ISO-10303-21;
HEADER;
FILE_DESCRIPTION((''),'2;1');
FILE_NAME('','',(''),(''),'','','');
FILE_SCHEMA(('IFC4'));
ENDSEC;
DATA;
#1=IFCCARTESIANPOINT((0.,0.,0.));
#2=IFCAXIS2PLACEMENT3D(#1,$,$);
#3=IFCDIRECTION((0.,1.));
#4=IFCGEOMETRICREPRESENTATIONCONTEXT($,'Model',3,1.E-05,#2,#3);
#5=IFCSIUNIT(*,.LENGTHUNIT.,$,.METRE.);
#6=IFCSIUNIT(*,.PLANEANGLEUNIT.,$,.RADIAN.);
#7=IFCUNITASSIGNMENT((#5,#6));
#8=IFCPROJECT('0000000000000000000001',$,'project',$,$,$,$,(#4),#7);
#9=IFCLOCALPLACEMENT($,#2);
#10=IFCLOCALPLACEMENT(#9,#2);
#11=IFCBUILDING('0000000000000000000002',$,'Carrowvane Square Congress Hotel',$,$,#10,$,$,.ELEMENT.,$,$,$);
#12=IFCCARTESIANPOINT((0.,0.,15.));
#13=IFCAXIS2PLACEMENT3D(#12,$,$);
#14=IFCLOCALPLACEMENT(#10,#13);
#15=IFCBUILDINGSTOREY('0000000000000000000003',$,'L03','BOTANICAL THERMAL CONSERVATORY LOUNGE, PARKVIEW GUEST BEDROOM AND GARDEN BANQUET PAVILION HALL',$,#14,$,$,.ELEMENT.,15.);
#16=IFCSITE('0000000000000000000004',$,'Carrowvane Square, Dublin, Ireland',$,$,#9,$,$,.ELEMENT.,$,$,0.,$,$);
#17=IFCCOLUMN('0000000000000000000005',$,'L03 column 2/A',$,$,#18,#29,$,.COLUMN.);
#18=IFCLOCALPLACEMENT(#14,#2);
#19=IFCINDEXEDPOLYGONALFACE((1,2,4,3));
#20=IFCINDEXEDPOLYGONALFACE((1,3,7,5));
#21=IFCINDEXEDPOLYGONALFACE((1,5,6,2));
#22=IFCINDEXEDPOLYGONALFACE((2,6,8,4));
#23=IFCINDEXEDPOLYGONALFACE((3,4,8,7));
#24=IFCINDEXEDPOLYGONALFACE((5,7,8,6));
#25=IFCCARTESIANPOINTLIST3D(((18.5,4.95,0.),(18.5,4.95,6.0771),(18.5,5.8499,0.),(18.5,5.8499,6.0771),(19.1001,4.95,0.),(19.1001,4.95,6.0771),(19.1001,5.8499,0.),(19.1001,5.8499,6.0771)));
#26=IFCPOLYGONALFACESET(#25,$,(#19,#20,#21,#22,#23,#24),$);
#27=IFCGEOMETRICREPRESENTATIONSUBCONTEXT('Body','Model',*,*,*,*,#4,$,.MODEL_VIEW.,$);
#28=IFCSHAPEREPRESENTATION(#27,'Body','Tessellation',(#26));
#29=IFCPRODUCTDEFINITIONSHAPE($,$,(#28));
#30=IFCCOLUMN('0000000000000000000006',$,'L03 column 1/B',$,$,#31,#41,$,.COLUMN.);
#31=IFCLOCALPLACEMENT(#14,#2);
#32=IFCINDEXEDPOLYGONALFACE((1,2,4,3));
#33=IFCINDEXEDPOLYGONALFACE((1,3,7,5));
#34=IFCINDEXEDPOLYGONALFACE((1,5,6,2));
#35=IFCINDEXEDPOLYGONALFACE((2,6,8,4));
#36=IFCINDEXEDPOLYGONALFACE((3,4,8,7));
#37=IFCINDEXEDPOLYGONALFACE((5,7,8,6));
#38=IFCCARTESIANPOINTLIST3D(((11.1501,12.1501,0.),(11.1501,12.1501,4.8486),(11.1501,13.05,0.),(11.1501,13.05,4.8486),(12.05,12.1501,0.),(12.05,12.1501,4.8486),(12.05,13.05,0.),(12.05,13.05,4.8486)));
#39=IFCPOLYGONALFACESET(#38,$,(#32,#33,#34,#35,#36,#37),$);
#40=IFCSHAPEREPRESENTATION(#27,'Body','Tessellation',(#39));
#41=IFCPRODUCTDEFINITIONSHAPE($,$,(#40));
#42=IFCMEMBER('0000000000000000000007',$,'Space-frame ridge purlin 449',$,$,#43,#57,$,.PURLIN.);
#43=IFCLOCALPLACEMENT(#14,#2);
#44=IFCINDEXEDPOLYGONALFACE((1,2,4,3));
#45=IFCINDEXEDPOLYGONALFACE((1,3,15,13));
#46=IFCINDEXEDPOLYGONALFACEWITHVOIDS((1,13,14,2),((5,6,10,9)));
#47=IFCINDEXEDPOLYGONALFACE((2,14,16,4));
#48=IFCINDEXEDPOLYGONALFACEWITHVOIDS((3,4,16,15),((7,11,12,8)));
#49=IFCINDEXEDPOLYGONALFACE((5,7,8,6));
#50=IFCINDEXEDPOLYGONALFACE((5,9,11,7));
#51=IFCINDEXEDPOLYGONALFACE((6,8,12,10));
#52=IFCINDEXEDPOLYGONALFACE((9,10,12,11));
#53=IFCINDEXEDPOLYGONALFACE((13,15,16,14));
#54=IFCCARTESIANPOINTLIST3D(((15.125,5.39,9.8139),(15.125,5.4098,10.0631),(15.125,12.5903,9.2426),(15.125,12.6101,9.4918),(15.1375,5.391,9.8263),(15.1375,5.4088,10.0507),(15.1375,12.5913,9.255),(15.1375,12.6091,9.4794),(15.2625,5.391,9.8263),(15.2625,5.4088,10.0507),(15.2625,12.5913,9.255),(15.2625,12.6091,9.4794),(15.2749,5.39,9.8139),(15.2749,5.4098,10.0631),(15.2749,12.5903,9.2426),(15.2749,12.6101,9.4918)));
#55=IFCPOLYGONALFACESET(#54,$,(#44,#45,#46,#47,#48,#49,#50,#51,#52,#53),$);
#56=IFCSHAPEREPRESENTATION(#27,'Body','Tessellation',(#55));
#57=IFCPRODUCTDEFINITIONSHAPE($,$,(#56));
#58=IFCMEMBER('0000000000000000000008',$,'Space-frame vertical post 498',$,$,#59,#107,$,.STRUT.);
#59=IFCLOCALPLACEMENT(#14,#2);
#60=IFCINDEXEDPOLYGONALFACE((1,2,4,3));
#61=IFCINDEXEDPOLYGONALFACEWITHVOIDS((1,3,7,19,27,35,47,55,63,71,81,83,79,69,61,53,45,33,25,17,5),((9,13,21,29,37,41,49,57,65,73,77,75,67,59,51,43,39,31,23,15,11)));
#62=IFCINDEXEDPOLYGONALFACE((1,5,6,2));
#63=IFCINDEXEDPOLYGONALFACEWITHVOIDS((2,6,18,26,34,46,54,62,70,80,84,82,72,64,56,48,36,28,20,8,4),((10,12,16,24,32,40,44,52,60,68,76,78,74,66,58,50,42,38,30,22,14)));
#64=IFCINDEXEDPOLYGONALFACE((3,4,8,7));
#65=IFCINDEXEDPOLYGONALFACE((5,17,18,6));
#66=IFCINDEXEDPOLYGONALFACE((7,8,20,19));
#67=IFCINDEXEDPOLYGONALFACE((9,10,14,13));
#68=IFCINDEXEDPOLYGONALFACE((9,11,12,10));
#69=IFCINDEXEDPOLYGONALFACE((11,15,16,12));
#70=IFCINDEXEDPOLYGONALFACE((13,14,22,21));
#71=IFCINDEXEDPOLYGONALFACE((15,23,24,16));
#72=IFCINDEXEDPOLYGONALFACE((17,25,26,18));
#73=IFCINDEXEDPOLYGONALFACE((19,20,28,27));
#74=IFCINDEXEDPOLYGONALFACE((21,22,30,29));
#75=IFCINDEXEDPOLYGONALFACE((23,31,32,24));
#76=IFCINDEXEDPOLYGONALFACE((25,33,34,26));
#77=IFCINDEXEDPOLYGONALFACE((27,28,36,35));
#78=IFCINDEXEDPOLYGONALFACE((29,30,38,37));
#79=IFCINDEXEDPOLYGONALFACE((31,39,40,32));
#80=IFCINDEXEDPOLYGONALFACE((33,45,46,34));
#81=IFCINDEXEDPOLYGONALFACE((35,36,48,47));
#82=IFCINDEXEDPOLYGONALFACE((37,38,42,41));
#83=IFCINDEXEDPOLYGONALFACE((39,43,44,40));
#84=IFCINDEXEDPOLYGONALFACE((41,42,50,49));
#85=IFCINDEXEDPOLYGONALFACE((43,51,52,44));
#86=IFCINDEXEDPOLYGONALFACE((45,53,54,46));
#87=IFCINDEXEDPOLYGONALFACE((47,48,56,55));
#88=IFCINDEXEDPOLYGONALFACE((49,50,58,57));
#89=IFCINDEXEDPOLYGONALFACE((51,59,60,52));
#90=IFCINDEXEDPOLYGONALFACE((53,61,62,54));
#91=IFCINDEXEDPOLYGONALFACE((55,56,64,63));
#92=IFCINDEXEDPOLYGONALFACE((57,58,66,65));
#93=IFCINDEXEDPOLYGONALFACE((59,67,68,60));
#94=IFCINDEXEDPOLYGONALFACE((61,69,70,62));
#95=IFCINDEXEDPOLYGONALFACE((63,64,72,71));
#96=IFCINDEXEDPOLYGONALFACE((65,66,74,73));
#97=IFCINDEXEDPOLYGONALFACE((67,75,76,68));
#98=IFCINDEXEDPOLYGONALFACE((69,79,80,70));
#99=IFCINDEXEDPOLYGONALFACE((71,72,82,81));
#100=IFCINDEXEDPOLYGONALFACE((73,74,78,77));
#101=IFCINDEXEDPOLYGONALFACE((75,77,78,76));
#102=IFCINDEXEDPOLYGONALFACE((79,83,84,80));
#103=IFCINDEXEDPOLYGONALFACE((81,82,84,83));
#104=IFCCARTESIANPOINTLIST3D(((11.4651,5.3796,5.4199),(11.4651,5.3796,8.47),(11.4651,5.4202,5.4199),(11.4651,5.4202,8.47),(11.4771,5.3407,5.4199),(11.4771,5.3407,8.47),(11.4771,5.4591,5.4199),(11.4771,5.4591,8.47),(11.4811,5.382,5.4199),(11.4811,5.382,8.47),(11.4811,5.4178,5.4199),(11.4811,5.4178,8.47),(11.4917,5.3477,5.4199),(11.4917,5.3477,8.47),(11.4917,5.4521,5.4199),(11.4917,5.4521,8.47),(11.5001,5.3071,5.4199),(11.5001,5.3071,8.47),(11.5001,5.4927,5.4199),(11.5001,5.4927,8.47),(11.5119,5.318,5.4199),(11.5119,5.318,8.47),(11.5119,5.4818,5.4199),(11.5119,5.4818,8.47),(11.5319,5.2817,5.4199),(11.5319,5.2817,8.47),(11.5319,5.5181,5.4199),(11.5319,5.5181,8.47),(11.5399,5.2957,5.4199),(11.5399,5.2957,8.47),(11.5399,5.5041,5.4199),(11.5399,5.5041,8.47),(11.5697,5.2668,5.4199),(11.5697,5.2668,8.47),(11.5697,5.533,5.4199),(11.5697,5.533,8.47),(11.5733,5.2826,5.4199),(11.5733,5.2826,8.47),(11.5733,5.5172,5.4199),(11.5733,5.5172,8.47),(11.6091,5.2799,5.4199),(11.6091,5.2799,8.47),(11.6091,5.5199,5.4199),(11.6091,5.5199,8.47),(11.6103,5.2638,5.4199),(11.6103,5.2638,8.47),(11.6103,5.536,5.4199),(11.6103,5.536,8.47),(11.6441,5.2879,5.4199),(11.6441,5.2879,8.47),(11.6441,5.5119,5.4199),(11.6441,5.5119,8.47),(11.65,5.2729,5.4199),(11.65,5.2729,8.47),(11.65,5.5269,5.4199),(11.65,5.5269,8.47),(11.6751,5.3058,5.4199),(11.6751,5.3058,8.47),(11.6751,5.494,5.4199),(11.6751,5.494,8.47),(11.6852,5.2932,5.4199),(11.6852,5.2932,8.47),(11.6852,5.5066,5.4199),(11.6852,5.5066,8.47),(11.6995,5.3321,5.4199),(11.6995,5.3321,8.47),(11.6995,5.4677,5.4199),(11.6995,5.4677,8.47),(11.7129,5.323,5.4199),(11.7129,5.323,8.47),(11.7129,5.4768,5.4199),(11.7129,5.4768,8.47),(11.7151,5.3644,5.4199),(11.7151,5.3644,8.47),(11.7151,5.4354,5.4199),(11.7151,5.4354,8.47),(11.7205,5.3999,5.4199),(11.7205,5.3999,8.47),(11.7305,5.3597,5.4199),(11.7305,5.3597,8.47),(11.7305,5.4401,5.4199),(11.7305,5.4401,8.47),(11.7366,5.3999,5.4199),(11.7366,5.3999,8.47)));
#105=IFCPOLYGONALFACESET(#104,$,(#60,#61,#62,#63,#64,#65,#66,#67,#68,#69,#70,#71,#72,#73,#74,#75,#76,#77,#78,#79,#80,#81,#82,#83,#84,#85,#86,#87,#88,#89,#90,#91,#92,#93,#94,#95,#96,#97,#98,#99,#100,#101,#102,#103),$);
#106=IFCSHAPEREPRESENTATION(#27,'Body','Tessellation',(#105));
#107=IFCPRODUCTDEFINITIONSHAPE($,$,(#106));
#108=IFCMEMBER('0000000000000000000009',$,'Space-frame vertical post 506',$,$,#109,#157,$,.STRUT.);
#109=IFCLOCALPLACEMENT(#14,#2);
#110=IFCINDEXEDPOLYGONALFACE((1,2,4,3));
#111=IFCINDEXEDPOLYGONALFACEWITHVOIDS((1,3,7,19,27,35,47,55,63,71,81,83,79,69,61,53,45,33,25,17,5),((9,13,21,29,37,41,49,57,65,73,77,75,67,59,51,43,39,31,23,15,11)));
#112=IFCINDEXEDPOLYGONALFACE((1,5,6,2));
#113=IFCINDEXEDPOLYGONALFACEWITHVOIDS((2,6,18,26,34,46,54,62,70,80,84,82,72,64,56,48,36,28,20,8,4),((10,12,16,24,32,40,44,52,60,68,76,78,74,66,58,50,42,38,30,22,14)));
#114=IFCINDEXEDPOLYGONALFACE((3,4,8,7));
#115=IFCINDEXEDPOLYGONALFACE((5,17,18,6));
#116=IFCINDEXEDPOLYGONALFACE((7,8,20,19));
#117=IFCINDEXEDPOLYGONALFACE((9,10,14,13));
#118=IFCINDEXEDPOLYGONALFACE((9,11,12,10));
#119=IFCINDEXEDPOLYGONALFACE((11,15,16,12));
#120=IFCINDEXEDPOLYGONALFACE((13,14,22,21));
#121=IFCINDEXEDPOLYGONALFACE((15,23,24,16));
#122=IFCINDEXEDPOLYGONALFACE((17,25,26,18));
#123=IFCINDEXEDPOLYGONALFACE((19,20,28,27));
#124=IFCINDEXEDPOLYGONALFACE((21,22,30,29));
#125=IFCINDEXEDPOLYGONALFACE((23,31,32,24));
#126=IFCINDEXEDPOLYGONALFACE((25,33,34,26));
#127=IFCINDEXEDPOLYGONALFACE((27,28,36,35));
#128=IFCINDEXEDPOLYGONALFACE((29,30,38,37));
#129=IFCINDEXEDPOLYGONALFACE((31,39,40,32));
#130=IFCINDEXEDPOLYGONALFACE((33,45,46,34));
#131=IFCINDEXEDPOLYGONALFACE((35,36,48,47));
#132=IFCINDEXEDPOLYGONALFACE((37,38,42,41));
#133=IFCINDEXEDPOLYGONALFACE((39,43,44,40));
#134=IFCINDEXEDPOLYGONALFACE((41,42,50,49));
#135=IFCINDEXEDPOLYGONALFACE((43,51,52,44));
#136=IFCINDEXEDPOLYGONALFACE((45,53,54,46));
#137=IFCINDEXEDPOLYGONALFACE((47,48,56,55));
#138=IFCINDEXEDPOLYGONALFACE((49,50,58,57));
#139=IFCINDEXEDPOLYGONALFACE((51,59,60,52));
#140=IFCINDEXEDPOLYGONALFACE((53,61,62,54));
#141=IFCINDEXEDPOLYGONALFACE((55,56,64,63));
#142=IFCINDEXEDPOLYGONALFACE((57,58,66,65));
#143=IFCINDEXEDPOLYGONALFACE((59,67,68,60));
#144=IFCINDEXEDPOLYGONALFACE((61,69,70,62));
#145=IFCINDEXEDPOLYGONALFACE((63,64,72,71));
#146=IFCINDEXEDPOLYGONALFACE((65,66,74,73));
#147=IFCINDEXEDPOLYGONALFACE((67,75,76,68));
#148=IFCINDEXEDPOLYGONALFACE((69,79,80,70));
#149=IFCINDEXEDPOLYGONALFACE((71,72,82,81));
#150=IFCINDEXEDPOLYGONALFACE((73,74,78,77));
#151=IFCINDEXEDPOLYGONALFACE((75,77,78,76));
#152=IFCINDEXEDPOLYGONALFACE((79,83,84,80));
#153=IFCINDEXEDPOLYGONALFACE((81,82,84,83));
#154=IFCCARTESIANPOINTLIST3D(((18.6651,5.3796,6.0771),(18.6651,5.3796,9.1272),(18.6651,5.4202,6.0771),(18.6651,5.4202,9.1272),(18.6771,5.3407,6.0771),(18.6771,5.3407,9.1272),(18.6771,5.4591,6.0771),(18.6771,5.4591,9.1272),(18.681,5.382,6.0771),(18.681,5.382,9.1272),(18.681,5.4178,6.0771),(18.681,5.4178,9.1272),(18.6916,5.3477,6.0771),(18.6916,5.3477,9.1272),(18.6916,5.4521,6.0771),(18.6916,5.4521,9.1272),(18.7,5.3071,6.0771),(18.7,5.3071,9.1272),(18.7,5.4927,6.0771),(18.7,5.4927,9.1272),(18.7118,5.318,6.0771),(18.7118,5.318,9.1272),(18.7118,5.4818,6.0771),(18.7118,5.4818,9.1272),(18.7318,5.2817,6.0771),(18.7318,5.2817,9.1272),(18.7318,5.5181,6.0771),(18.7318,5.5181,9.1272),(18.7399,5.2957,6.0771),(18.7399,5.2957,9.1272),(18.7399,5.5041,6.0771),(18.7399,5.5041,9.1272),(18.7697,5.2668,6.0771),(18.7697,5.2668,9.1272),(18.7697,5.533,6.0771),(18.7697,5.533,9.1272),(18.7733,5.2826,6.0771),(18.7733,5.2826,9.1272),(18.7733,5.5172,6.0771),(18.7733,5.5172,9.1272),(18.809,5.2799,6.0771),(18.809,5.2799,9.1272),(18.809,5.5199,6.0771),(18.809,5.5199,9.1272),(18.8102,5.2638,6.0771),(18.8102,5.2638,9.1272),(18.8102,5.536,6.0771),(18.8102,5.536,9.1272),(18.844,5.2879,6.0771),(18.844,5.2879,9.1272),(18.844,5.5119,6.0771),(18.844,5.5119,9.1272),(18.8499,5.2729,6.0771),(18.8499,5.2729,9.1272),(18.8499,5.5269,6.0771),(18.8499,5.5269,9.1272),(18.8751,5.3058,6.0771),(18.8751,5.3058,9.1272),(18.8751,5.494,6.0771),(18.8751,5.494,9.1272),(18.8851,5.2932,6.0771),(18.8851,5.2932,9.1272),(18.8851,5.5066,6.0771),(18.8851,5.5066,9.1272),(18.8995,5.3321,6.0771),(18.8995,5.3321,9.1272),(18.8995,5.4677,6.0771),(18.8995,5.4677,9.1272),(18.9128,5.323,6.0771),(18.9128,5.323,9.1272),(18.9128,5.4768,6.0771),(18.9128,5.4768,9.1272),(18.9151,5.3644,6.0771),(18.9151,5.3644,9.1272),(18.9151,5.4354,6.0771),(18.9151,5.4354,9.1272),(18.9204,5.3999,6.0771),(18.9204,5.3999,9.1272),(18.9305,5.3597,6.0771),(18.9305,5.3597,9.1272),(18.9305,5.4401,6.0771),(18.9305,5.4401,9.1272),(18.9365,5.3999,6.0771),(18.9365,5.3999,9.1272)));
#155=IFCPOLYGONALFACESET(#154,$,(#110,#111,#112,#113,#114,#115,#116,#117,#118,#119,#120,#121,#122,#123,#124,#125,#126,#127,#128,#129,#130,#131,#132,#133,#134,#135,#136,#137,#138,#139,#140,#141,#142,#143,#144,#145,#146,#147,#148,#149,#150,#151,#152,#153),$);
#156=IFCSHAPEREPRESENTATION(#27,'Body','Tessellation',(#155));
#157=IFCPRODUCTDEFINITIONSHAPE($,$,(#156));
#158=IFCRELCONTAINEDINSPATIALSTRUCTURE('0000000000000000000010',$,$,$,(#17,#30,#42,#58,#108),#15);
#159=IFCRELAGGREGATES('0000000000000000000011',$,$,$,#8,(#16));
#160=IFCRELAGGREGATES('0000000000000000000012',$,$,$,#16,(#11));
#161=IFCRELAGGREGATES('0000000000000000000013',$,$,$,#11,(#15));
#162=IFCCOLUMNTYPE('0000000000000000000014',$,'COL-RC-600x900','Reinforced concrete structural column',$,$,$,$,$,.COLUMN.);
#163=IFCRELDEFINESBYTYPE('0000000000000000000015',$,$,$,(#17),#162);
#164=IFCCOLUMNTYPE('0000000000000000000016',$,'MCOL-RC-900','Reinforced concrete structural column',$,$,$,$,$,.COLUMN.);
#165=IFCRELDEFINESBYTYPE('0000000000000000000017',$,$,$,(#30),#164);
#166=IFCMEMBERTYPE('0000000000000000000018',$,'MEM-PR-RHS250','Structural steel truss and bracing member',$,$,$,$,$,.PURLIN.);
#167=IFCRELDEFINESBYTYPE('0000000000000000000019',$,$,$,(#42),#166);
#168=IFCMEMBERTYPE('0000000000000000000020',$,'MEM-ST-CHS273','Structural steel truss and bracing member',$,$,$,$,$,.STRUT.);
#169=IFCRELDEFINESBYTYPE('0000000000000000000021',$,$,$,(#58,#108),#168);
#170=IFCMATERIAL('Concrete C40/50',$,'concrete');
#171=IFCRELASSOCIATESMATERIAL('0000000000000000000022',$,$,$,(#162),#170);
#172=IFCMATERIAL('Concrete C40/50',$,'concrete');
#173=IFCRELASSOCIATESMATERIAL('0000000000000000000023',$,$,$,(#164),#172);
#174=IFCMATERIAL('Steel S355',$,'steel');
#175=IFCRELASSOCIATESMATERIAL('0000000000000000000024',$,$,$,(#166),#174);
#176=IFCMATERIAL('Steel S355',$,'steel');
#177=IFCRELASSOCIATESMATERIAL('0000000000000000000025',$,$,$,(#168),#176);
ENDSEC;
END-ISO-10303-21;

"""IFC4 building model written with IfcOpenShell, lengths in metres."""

from ifc_helpers import new_model, si_unit, direction, frame, origin, origin_2d, place, context, subcontext, project, spatial, rectangle, hollow_rectangle, hollow_circle, extrude, material, material_profile, profile_set, type_object, element, save


model = new_model("IFC4")

# Units and contexts
model_context = context("Model", 3, precision=1e-05, world=origin(), true_north=direction((0.0, 1.0)))
body_context = subcontext(model_context, "Body", "Model", "MODEL_VIEW")
ifc_project = project(units=[si_unit("LENGTHUNIT", "METRE"), si_unit("PLANEANGLEUNIT", "RADIAN")], contexts=[model_context])

# Site, building, storey
site_placement = place(None, origin())
site = spatial("IfcSite", under=ifc_project, at=site_placement, Name="Carrowvane Square, Dublin, Ireland", CompositionType="ELEMENT", RefElevation=0.0)
building_placement = place(site_placement, origin())
building = spatial("IfcBuilding", under=site, at=building_placement, Name="Carrowvane Square Congress Hotel", CompositionType="ELEMENT")
storey_placement = place(building_placement, frame((0.0, 0.0, 15.0)))
storey = spatial("IfcBuildingStorey", under=building, at=storey_placement, Name="L03", Description="BOTANICAL THERMAL CONSERVATORY LOUNGE, PARKVIEW GUEST BEDROOM AND GARDEN BANQUET PAVILION HALL", CompositionType="ELEMENT", Elevation=15.0)

# Columns
ifc_material_1 = material(Name="Concrete C40/50", Category="concrete")
ifc_material_profile_1 = material_profile(ifc_material_1, rectangle(XDim=0.6001, YDim=0.8999, at=origin_2d()), Name="RC 600x900")
ifc_profile_set_1 = profile_set([ifc_material_profile_1], Name="Concrete C40/50")
column_type_1 = type_object("IfcColumnType", Name="COL-RC-600x900", Description="Reinforced concrete structural column", PredefinedType="COLUMN", material=ifc_profile_set_1)
column_1_placement = place(storey_placement, frame((18.8, 5.3999, 0.0), z_axis=(0.0, 0.0, 1.0), x_axis=(1.0, 0.0, 0.0)))
element("IfcColumn", 1, at=column_1_placement, inside=storey, type_object=column_type_1, Name="L03 column 2/A", PredefinedType="COLUMN", context=body_context, shape_type="SweptSolid", body=[
    extrude(rectangle(XDim=0.6001, YDim=0.8999, at=origin_2d()), origin(), (0.0, 0.0, 1.0), 6.0771),
])
ifc_material_2 = material(Name="Concrete C40/50", Category="concrete")
ifc_material_profile_2 = material_profile(ifc_material_2, rectangle(XDim=0.8999, YDim=0.8999, at=origin_2d()), Name="RC 900x900")
ifc_profile_set_2 = profile_set([ifc_material_profile_2], Name="Concrete C40/50")
column_type_2 = type_object("IfcColumnType", Name="MCOL-RC-900", Description="Reinforced concrete structural column", PredefinedType="COLUMN", material=ifc_profile_set_2)
column_2_placement = place(storey_placement, frame((11.6001, 12.6001, 0.0), z_axis=(0.0, 0.0, 1.0), x_axis=(1.0, 0.0, 0.0)))
element("IfcColumn", 2, at=column_2_placement, inside=storey, type_object=column_type_2, Name="L03 column 1/B", PredefinedType="COLUMN", context=body_context, shape_type="SweptSolid", body=[
    extrude(rectangle(XDim=0.8999, YDim=0.8999, at=origin_2d()), origin(), (0.0, 0.0, 1.0), 4.8486),
])

# Members
ifc_material_3 = material(Name="Steel S355", Category="steel")
ifc_material_profile_3 = material_profile(ifc_material_3, hollow_rectangle(XDim=0.1499, YDim=0.25, WallThickness=0.0125, at=origin_2d()), Name="RHS 250x150x12.5")
ifc_profile_set_3 = profile_set([ifc_material_profile_3], Name="Steel S355")
member_type_1 = type_object("IfcMemberType", Name="MEM-PR-RHS250", Description="Structural steel truss and bracing member", PredefinedType="PURLIN", material=ifc_profile_set_3)
member_1_placement = place(storey_placement, frame((15.2, 5.3999, 9.9385), z_axis=(0.0, 0.996867, -0.079095), x_axis=(-1.0, 0.0, 0.0)))
element("IfcMember", 3, at=member_1_placement, inside=storey, type_object=member_type_1, Name="Space-frame ridge purlin 449", PredefinedType="PURLIN", context=body_context, shape_type="SweptSolid", body=[
    extrude(hollow_rectangle(XDim=0.1499, YDim=0.25, WallThickness=0.0125, at=origin_2d()), origin(), (0.0, 0.0, 1.0), 7.2229),
])
ifc_material_4 = material(Name="Steel S355", Category="steel")
ifc_material_profile_4 = material_profile(ifc_material_4, hollow_circle(Radius=0.1365, WallThickness=0.0161, at=origin_2d()), Name="CHS 273.0x16")
ifc_profile_set_4 = profile_set([ifc_material_profile_4], Name="Steel S355")
member_type_2 = type_object("IfcMemberType", Name="MEM-ST-CHS273", Description="Structural steel truss and bracing member", PredefinedType="STRUT", material=ifc_profile_set_4)
for number, where, z_axis, x_axis, name in (
    (4, (11.6001, 5.3999, 5.4199), (0.0, 0.0, 1.0), (1.0, 0.0, 0.0), "Space-frame vertical post 498"),
    (5, (18.8, 5.3999, 6.0771), (0.0, 0.0, 1.0), (1.0, 0.0, 0.0), "Space-frame vertical post 506"),
):
    element("IfcMember", number, at=place(storey_placement, frame(where, z_axis=z_axis, x_axis=x_axis)), inside=storey, type_object=member_type_2, Name=name, PredefinedType="STRUT", context=body_context, shape_type="SweptSolid", body=[
        extrude(hollow_circle(Radius=0.1365, WallThickness=0.0161, at=origin_2d()), origin(), (0.0, 0.0, 1.0), 3.05),
    ])

save(model, "model.ifc")
